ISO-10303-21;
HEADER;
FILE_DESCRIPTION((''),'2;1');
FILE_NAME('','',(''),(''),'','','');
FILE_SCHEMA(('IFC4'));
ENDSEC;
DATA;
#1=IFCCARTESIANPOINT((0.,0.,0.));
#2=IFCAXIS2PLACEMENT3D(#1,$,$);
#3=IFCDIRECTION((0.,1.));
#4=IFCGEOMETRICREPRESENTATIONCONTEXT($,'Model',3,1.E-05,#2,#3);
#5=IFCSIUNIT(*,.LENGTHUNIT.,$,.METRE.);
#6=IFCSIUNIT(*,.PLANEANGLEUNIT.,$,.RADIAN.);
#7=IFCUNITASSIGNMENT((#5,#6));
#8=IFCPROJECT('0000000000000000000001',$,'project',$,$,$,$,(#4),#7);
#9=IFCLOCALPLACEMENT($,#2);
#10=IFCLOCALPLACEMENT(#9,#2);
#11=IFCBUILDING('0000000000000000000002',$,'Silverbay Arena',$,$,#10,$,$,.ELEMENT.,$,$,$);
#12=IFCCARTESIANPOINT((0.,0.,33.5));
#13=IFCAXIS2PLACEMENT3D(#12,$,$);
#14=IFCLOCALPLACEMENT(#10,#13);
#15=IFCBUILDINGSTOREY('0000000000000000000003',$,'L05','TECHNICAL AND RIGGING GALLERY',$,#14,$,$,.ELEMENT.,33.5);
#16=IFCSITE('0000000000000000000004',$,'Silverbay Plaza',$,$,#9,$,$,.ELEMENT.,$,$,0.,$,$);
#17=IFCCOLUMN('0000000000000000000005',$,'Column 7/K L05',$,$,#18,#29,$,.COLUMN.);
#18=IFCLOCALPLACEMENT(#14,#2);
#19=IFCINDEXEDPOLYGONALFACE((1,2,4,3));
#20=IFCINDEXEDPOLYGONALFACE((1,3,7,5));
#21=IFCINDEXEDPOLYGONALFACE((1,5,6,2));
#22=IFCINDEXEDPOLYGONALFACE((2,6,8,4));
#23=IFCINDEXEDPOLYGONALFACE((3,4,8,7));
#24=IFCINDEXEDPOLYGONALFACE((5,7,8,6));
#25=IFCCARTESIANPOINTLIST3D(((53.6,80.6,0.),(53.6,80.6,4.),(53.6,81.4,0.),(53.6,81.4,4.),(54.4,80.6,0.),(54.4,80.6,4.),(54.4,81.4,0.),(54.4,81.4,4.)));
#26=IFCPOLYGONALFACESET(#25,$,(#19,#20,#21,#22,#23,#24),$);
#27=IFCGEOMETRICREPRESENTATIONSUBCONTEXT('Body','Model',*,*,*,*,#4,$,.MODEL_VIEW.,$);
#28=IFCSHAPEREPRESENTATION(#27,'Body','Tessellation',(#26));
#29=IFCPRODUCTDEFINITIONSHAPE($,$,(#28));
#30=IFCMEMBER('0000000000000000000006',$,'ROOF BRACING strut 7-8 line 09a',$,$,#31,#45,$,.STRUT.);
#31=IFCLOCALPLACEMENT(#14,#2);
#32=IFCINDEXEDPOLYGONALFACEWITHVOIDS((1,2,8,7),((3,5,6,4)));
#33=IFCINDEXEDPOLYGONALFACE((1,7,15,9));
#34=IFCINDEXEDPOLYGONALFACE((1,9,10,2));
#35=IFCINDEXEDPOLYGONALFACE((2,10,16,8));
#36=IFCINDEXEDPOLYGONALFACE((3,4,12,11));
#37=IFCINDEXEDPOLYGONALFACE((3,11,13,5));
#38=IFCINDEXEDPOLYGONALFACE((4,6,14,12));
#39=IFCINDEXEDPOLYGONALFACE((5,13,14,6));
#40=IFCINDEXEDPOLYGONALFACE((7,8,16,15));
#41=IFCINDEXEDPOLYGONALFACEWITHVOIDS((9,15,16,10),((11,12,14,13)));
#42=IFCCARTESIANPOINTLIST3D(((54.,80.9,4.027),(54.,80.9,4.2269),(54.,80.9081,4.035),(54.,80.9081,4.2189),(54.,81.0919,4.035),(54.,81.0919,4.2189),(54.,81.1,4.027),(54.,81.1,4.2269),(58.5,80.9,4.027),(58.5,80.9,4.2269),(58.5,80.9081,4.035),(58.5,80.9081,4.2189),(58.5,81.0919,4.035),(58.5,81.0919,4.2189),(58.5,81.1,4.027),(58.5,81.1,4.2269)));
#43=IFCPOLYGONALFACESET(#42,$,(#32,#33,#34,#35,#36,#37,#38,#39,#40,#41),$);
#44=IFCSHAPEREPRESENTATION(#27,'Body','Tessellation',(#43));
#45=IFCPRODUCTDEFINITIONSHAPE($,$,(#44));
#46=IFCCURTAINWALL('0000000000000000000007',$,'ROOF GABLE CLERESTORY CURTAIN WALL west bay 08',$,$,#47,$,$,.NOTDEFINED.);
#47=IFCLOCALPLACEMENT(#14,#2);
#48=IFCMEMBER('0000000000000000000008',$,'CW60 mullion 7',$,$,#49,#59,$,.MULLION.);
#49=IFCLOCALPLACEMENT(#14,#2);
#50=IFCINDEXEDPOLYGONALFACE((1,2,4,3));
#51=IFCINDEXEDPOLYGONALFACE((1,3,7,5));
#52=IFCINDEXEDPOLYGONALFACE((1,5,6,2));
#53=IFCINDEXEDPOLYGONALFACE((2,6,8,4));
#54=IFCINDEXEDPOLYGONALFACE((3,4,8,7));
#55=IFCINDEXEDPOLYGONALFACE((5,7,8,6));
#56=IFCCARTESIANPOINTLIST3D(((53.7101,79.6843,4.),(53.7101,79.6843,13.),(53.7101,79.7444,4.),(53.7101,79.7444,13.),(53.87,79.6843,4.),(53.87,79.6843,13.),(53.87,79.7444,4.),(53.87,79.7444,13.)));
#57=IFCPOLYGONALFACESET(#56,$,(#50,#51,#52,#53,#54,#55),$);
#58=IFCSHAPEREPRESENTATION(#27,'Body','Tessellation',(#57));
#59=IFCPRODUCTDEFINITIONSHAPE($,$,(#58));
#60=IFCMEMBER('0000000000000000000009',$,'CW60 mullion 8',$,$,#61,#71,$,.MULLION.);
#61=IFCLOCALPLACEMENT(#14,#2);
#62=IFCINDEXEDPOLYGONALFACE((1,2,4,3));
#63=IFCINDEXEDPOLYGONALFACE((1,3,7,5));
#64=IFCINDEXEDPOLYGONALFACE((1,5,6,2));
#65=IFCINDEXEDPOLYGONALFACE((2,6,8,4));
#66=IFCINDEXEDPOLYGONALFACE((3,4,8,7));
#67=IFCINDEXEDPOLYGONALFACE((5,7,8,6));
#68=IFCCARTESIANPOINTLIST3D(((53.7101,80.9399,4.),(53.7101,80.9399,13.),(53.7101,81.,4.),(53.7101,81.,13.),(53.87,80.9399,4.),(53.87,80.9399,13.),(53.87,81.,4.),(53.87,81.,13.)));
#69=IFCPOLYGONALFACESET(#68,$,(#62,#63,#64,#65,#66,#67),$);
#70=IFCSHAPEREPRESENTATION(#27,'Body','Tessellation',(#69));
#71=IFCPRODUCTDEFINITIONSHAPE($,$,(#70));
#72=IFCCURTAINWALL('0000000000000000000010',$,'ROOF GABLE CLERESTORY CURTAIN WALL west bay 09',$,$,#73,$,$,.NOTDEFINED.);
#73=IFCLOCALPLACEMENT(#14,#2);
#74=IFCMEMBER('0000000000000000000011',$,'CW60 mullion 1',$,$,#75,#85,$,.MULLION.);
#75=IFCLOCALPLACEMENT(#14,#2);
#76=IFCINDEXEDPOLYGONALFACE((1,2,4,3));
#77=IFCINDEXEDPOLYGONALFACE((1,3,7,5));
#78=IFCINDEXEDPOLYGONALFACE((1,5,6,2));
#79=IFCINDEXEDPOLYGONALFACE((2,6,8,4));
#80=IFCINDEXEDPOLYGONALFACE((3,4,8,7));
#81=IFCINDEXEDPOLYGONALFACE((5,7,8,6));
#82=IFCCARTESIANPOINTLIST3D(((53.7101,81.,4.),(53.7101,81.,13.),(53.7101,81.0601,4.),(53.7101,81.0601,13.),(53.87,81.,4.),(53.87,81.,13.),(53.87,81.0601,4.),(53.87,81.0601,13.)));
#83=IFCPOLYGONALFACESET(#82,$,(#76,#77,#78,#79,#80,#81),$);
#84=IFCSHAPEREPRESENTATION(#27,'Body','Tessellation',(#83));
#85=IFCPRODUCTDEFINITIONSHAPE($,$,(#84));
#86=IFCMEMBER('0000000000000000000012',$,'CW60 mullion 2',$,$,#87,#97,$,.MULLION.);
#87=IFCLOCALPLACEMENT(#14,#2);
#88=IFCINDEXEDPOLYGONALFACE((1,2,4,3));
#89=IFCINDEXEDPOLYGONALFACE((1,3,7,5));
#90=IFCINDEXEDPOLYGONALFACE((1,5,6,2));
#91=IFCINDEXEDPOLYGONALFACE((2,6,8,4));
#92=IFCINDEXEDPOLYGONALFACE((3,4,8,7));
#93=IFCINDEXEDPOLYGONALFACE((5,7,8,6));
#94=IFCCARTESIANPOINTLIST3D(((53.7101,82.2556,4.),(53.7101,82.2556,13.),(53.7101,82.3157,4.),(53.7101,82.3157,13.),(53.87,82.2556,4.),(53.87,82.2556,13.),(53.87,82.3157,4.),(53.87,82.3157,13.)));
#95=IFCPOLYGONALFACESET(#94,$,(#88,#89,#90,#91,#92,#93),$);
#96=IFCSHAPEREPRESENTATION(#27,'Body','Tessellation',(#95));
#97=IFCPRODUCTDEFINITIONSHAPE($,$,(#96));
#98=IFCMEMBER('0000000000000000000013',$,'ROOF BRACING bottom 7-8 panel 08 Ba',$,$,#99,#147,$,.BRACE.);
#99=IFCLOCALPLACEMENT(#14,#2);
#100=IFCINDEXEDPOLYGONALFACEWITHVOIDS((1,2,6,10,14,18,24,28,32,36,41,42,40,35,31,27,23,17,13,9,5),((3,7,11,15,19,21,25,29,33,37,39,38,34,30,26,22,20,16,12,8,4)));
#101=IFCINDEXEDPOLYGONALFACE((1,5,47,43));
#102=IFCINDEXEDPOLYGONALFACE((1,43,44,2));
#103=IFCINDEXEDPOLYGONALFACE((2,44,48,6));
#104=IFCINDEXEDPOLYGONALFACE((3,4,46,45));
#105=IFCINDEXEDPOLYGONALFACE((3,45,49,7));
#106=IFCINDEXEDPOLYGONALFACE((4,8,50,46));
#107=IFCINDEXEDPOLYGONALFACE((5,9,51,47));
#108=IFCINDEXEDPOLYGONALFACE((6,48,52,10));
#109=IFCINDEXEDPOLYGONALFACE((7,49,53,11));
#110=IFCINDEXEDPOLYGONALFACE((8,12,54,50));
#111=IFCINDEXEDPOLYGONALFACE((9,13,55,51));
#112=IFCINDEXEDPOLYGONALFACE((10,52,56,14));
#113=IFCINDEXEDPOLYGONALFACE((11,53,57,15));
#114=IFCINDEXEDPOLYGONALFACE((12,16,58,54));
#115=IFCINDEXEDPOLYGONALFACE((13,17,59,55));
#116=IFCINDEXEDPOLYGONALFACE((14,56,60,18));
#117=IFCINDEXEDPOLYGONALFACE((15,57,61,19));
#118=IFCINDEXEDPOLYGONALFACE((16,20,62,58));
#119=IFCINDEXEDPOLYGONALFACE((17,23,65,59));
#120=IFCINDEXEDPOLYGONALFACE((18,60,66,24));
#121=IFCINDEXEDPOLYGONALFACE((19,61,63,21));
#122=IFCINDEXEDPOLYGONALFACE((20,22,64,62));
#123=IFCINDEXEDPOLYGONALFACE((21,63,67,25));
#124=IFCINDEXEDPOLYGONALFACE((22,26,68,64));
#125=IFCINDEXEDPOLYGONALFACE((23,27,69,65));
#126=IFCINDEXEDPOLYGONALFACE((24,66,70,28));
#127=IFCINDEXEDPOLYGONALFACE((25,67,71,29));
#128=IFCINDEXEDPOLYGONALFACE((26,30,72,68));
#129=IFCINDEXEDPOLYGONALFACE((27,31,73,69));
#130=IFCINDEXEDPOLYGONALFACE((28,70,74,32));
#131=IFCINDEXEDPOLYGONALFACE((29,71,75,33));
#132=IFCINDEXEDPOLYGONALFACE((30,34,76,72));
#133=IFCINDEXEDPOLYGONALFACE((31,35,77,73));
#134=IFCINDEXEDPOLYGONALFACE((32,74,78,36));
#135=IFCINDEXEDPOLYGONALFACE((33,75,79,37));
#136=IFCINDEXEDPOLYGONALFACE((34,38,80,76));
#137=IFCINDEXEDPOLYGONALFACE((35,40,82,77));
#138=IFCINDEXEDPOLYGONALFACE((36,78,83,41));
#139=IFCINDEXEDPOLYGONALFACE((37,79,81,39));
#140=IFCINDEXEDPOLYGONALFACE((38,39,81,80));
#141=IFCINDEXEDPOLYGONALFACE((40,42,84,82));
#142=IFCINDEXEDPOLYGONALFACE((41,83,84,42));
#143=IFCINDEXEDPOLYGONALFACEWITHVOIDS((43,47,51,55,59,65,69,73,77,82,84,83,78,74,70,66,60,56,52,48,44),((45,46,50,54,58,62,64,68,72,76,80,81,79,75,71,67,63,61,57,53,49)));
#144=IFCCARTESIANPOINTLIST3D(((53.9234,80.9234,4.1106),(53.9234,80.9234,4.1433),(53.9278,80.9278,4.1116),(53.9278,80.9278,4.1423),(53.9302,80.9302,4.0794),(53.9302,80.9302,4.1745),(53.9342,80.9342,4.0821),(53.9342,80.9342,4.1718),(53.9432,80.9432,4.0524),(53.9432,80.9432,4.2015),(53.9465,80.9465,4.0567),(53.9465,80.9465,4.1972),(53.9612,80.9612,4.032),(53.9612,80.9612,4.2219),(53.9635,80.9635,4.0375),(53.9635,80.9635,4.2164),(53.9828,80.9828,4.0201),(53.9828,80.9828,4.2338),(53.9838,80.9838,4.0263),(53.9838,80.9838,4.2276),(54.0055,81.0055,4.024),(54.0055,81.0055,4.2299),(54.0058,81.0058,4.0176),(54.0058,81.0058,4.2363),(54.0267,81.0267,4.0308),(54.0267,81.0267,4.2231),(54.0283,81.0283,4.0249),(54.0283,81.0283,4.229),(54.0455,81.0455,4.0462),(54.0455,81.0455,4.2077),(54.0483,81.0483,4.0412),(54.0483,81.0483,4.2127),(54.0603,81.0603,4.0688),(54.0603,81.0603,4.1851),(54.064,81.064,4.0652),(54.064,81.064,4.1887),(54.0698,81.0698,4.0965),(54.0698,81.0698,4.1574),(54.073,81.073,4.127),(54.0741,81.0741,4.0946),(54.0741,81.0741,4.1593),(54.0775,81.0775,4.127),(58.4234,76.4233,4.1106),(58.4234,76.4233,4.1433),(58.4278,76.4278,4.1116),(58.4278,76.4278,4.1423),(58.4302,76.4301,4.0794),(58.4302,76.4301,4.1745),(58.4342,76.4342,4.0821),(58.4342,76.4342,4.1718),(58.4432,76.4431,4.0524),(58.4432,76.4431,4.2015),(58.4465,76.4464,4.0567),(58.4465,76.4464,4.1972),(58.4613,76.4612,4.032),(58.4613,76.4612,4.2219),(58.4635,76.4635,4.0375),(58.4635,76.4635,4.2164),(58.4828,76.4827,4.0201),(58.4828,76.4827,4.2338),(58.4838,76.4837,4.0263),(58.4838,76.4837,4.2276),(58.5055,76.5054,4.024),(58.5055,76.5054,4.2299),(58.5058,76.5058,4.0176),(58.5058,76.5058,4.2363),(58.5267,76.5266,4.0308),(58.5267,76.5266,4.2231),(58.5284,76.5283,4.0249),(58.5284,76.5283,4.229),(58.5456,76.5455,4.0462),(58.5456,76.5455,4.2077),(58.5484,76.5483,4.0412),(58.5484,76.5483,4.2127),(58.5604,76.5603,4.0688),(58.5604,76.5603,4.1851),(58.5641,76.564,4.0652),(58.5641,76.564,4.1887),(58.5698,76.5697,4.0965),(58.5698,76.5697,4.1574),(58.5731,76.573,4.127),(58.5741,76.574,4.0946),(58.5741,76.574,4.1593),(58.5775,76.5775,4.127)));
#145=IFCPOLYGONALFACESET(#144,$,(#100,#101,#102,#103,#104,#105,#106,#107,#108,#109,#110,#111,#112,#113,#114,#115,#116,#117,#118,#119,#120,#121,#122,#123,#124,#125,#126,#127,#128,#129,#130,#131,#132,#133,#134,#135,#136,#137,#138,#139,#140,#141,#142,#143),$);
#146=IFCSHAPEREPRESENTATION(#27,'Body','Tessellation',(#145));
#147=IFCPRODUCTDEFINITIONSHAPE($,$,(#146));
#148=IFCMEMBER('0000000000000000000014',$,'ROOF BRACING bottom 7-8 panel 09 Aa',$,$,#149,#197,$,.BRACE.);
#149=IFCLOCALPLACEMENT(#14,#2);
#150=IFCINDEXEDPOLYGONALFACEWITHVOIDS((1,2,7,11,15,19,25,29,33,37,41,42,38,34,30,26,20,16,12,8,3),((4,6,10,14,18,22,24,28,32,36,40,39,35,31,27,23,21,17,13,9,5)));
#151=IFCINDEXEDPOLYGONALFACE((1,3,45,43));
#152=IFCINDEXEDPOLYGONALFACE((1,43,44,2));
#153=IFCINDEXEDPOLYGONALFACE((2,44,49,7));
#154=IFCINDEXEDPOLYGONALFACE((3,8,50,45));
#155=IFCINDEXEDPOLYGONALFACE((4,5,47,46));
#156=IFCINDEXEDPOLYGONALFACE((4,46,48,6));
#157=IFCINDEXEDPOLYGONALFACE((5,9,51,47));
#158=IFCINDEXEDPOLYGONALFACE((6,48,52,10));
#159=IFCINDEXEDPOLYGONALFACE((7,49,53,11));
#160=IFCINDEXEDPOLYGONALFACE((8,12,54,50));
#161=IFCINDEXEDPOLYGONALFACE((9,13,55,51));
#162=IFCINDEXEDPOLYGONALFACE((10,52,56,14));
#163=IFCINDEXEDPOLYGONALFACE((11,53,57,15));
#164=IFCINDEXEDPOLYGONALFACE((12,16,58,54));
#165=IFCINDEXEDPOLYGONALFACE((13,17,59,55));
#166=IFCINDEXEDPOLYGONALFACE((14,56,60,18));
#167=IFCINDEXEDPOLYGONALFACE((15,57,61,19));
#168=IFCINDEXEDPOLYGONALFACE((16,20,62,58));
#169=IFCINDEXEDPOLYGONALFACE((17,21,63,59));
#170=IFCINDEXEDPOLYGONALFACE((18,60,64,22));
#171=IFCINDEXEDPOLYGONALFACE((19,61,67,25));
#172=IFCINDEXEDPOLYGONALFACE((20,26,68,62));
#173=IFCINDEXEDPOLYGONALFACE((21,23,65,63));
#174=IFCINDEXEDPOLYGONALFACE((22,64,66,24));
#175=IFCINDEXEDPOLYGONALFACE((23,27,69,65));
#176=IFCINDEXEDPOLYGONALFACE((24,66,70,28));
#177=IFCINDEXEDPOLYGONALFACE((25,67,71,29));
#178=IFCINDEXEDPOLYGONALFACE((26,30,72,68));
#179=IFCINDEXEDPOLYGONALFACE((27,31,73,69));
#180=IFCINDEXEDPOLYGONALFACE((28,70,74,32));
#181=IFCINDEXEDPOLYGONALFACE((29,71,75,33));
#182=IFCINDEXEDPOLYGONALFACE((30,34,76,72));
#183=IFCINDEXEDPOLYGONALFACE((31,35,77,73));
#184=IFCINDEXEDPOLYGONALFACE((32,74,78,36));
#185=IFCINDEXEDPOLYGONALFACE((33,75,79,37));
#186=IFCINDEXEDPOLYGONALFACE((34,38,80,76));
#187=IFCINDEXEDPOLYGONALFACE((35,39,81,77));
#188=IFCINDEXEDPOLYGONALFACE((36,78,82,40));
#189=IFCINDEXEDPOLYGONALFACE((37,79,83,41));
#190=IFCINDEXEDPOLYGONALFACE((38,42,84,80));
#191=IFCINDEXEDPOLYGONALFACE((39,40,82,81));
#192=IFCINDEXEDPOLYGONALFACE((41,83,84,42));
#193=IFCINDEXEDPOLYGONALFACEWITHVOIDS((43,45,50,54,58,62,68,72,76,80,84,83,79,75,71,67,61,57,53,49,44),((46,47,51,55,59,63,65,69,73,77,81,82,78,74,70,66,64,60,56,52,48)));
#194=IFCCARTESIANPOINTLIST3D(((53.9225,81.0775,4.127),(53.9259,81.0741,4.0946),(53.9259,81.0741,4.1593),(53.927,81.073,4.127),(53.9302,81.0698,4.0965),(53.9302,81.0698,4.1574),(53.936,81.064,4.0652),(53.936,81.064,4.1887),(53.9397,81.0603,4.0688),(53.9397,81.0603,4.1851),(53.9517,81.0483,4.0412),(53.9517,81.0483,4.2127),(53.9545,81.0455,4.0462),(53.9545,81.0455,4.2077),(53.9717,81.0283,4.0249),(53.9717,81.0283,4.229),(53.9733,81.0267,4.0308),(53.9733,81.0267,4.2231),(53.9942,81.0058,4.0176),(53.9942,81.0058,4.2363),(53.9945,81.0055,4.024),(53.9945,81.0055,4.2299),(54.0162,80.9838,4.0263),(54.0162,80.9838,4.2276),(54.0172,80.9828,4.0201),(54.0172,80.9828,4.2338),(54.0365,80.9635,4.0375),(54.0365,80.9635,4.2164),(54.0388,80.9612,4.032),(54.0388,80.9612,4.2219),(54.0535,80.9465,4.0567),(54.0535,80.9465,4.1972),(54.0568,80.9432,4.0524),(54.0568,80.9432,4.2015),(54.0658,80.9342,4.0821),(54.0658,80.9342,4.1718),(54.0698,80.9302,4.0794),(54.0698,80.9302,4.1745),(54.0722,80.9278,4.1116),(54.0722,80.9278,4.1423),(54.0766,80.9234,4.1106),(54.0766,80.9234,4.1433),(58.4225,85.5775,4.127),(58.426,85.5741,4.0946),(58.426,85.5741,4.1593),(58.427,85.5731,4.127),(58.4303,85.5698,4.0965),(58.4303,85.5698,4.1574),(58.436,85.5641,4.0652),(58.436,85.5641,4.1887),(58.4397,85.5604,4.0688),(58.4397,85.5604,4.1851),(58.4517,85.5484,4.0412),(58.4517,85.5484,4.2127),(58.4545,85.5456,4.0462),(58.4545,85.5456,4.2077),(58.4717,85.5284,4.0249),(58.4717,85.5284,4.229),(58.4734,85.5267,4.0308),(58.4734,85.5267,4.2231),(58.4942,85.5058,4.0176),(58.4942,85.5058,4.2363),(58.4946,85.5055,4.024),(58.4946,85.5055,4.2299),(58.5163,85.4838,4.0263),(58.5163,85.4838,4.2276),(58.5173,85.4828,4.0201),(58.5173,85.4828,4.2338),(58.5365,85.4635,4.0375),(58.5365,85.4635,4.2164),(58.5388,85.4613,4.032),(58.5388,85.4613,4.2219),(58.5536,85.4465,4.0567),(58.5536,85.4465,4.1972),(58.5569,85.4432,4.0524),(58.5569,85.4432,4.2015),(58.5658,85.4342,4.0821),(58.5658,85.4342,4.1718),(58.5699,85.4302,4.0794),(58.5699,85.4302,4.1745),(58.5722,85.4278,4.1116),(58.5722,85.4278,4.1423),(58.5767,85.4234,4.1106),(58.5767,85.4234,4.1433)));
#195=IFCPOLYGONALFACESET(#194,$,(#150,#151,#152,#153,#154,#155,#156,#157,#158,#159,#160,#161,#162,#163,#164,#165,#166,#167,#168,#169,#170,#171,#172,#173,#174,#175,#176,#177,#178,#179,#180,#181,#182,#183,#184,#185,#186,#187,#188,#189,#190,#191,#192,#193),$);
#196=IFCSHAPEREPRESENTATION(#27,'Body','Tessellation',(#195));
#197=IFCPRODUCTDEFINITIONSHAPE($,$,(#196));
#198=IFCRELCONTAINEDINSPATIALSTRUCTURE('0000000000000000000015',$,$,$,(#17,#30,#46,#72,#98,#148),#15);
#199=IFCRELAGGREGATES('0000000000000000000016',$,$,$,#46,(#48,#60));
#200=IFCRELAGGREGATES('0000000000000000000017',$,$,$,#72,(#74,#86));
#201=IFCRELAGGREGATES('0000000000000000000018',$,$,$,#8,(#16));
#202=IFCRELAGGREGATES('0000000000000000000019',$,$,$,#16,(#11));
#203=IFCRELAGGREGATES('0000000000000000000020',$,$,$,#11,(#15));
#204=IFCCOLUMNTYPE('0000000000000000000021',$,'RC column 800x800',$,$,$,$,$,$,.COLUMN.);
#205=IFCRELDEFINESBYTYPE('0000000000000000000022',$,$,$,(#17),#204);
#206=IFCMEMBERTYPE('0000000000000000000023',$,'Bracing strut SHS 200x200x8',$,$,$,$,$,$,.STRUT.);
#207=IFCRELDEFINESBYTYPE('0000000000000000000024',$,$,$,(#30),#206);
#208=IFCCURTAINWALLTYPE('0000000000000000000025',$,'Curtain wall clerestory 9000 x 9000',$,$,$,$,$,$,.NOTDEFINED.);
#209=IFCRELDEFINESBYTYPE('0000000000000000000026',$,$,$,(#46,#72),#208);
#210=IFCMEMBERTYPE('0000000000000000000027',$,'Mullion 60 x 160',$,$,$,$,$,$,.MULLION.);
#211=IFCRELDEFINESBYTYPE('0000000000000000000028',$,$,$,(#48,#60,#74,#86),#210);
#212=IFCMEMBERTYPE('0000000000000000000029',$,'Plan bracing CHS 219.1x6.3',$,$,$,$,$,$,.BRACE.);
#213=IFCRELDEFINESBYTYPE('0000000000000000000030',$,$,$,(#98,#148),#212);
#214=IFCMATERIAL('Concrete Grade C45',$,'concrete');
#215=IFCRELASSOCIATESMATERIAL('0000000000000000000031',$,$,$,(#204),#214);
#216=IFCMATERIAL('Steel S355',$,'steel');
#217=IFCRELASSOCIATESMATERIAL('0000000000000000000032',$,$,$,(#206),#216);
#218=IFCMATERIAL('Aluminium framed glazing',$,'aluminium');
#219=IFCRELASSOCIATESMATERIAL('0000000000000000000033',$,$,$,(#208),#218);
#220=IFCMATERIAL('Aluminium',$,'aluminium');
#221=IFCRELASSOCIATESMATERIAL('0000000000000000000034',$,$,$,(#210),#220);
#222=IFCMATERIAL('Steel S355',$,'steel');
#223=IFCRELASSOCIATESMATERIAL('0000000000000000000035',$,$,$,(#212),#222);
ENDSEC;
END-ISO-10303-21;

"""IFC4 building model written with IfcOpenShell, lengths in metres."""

from ifc_helpers import new_model, si_unit, direction, frame, origin, origin_2d, place, context, subcontext, project, spatial, rectangle, hollow_rectangle, hollow_circle, extrude, material, material_profile, profile_set, type_object, element, aggregate, save


model = new_model("IFC4")

# Units and contexts
model_context = context("Model", 3, precision=1e-05, world=origin(), true_north=direction((0.0, 1.0)))
body_context = subcontext(model_context, "Body", "Model", "MODEL_VIEW")
ifc_project = project(units=[si_unit("LENGTHUNIT", "METRE"), si_unit("PLANEANGLEUNIT", "RADIAN")], contexts=[model_context])

# Site, building, storey
site_placement = place(None, origin())
site = spatial("IfcSite", under=ifc_project, at=site_placement, Name="Silverbay Plaza", CompositionType="ELEMENT", RefElevation=0.0)
building_placement = place(site_placement, origin())
building = spatial("IfcBuilding", under=site, at=building_placement, Name="Silverbay Arena", CompositionType="ELEMENT")
storey_placement = place(building_placement, frame((0.0, 0.0, 33.5)))
storey = spatial("IfcBuildingStorey", under=building, at=storey_placement, Name="L05", Description="TECHNICAL AND RIGGING GALLERY", CompositionType="ELEMENT", Elevation=33.5)

# Column
ifc_material_1 = material(Name="Concrete Grade C45", Category="concrete")
ifc_material_profile_1 = material_profile(ifc_material_1, rectangle(XDim=0.8, YDim=0.8, at=origin_2d()), Name="RC 800x800")
ifc_profile_set_1 = profile_set([ifc_material_profile_1], Name="Concrete Grade C45")
column_type = type_object("IfcColumnType", Name="RC column 800x800", PredefinedType="COLUMN", material=ifc_profile_set_1)
column_placement = place(storey_placement, frame((54.0, 81.0, 0.0), z_axis=(0.0, 0.0, 1.0), x_axis=(1.0, 0.0, 0.0)))
element("IfcColumn", 1, at=column_placement, inside=storey, type_object=column_type, Name="Column 7/K L05", PredefinedType="COLUMN", context=body_context, shape_type="SweptSolid", body=[
    extrude(rectangle(XDim=0.8, YDim=0.8, at=origin_2d()), origin(), (0.0, 0.0, 1.0), 4.0),
])

# Member
ifc_material_2 = material(Name="Steel S355", Category="steel")
ifc_material_profile_2 = material_profile(ifc_material_2, hollow_rectangle(XDim=0.2, YDim=0.2, WallThickness=0.0081, at=origin_2d()), Name="SHS 200x200x8")
ifc_profile_set_2 = profile_set([ifc_material_profile_2], Name="Steel S355")
member_type_1 = type_object("IfcMemberType", Name="Bracing strut SHS 200x200x8", PredefinedType="STRUT", material=ifc_profile_set_2)
member_1_placement = place(storey_placement, frame((54.0, 81.0, 4.127), z_axis=(1.0, 0.0, 0.0), x_axis=(0.0, 1.0, 0.0)))
element("IfcMember", 2, at=member_1_placement, inside=storey, type_object=member_type_1, Name="ROOF BRACING strut 7-8 line 09a", PredefinedType="STRUT", context=body_context, shape_type="SweptSolid", body=[
    extrude(hollow_rectangle(XDim=0.2, YDim=0.2, WallThickness=0.0081, at=origin_2d()), origin(), (0.0, 0.0, 1.0), 4.5),
])

# Curtain walls, members
ifc_material_3 = material(Name="Aluminium framed glazing", Category="aluminium")
curtain_wall_type = type_object("IfcCurtainWallType", Name="Curtain wall clerestory 9000 x 9000", PredefinedType="NOTDEFINED", material=ifc_material_3)
curtain_wall_1_placement = place(storey_placement, origin())
curtain_wall_1 = element("IfcCurtainWall", 3, at=curtain_wall_1_placement, inside=storey, type_object=curtain_wall_type, Name="ROOF GABLE CLERESTORY CURTAIN WALL west bay 08", PredefinedType="NOTDEFINED")
ifc_material_4 = material(Name="Aluminium", Category="aluminium")
ifc_material_profile_3 = material_profile(ifc_material_4, rectangle(XDim=0.1599, YDim=0.0601, at=origin_2d()), Name="Mullion 60 x 160")
ifc_profile_set_3 = profile_set([ifc_material_profile_3], Name="Aluminium")
member_type_2 = type_object("IfcMemberType", Name="Mullion 60 x 160", PredefinedType="MULLION", material=ifc_profile_set_3)
member_2_placement = place(storey_placement, frame((53.79, 79.7144, 4.0), z_axis=(0.0, 0.0, 1.0), x_axis=(-1.0, 0.0, 0.0)))
member_2 = element("IfcMember", 4, at=member_2_placement, type_object=member_type_2, Name="CW60 mullion 7", PredefinedType="MULLION", context=body_context, shape_type="SweptSolid", body=[
    extrude(rectangle(XDim=0.1599, YDim=0.0601, at=origin_2d()), origin(), (0.0, 0.0, 1.0), 9.0),
])
member_3_placement = place(storey_placement, frame((53.79, 80.97, 4.0), z_axis=(0.0, 0.0, 1.0), x_axis=(-1.0, 0.0, 0.0)))
member_3 = element("IfcMember", 5, at=member_3_placement, type_object=member_type_2, Name="CW60 mullion 8", PredefinedType="MULLION", context=body_context, shape_type="SweptSolid", body=[
    extrude(rectangle(XDim=0.1599, YDim=0.0601, at=origin_2d()), origin(), (0.0, 0.0, 1.0), 9.0),
])
curtain_wall_2_placement = place(storey_placement, origin())
curtain_wall_2 = element("IfcCurtainWall", 6, at=curtain_wall_2_placement, inside=storey, type_object=curtain_wall_type, Name="ROOF GABLE CLERESTORY CURTAIN WALL west bay 09", PredefinedType="NOTDEFINED")
member_4_placement = place(storey_placement, frame((53.79, 81.03, 4.0), z_axis=(0.0, 0.0, 1.0), x_axis=(-1.0, 0.0, 0.0)))
member_4 = element("IfcMember", 7, at=member_4_placement, type_object=member_type_2, Name="CW60 mullion 1", PredefinedType="MULLION", context=body_context, shape_type="SweptSolid", body=[
    extrude(rectangle(XDim=0.1599, YDim=0.0601, at=origin_2d()), origin(), (0.0, 0.0, 1.0), 9.0),
])
member_5_placement = place(storey_placement, frame((53.79, 82.2856, 4.0), z_axis=(0.0, 0.0, 1.0), x_axis=(-1.0, 0.0, 0.0)))
member_5 = element("IfcMember", 8, at=member_5_placement, type_object=member_type_2, Name="CW60 mullion 2", PredefinedType="MULLION", context=body_context, shape_type="SweptSolid", body=[
    extrude(rectangle(XDim=0.1599, YDim=0.0601, at=origin_2d()), origin(), (0.0, 0.0, 1.0), 9.0),
])

# Members
ifc_material_5 = material(Name="Steel S355", Category="steel")
ifc_material_profile_4 = material_profile(ifc_material_5, hollow_circle(Radius=0.1096, WallThickness=0.0063, at=origin_2d()), Name="CHS 219.1x6.3")
ifc_profile_set_4 = profile_set([ifc_material_profile_4], Name="Steel S355")
member_type_3 = type_object("IfcMemberType", Name="Plan bracing CHS 219.1x6.3", PredefinedType="BRACE", material=ifc_profile_set_4)
for number, where, z_axis, x_axis, name in (
    (9, (54.0, 81.0, 4.127), (0.707107, -0.707107, 0.0), (0.707107, 0.707107, 0.0), "ROOF BRACING bottom 7-8 panel 08 Ba"),
    (10, (54.0, 81.0, 4.127), (0.707107, 0.707107, 0.0), (-0.707107, 0.707107, 0.0), "ROOF BRACING bottom 7-8 panel 09 Aa"),
):
    element("IfcMember", number, at=place(storey_placement, frame(where, z_axis=z_axis, x_axis=x_axis)), inside=storey, type_object=member_type_3, Name=name, PredefinedType="BRACE", context=body_context, shape_type="SweptSolid", body=[
        extrude(hollow_circle(Radius=0.1096, WallThickness=0.0063, at=origin_2d()), origin(), (0.0, 0.0, 1.0), 6.364),
    ])

aggregate(curtain_wall_1, [member_2, member_3])
aggregate(curtain_wall_2, [member_4, member_5])

save(model, "model.ifc")
